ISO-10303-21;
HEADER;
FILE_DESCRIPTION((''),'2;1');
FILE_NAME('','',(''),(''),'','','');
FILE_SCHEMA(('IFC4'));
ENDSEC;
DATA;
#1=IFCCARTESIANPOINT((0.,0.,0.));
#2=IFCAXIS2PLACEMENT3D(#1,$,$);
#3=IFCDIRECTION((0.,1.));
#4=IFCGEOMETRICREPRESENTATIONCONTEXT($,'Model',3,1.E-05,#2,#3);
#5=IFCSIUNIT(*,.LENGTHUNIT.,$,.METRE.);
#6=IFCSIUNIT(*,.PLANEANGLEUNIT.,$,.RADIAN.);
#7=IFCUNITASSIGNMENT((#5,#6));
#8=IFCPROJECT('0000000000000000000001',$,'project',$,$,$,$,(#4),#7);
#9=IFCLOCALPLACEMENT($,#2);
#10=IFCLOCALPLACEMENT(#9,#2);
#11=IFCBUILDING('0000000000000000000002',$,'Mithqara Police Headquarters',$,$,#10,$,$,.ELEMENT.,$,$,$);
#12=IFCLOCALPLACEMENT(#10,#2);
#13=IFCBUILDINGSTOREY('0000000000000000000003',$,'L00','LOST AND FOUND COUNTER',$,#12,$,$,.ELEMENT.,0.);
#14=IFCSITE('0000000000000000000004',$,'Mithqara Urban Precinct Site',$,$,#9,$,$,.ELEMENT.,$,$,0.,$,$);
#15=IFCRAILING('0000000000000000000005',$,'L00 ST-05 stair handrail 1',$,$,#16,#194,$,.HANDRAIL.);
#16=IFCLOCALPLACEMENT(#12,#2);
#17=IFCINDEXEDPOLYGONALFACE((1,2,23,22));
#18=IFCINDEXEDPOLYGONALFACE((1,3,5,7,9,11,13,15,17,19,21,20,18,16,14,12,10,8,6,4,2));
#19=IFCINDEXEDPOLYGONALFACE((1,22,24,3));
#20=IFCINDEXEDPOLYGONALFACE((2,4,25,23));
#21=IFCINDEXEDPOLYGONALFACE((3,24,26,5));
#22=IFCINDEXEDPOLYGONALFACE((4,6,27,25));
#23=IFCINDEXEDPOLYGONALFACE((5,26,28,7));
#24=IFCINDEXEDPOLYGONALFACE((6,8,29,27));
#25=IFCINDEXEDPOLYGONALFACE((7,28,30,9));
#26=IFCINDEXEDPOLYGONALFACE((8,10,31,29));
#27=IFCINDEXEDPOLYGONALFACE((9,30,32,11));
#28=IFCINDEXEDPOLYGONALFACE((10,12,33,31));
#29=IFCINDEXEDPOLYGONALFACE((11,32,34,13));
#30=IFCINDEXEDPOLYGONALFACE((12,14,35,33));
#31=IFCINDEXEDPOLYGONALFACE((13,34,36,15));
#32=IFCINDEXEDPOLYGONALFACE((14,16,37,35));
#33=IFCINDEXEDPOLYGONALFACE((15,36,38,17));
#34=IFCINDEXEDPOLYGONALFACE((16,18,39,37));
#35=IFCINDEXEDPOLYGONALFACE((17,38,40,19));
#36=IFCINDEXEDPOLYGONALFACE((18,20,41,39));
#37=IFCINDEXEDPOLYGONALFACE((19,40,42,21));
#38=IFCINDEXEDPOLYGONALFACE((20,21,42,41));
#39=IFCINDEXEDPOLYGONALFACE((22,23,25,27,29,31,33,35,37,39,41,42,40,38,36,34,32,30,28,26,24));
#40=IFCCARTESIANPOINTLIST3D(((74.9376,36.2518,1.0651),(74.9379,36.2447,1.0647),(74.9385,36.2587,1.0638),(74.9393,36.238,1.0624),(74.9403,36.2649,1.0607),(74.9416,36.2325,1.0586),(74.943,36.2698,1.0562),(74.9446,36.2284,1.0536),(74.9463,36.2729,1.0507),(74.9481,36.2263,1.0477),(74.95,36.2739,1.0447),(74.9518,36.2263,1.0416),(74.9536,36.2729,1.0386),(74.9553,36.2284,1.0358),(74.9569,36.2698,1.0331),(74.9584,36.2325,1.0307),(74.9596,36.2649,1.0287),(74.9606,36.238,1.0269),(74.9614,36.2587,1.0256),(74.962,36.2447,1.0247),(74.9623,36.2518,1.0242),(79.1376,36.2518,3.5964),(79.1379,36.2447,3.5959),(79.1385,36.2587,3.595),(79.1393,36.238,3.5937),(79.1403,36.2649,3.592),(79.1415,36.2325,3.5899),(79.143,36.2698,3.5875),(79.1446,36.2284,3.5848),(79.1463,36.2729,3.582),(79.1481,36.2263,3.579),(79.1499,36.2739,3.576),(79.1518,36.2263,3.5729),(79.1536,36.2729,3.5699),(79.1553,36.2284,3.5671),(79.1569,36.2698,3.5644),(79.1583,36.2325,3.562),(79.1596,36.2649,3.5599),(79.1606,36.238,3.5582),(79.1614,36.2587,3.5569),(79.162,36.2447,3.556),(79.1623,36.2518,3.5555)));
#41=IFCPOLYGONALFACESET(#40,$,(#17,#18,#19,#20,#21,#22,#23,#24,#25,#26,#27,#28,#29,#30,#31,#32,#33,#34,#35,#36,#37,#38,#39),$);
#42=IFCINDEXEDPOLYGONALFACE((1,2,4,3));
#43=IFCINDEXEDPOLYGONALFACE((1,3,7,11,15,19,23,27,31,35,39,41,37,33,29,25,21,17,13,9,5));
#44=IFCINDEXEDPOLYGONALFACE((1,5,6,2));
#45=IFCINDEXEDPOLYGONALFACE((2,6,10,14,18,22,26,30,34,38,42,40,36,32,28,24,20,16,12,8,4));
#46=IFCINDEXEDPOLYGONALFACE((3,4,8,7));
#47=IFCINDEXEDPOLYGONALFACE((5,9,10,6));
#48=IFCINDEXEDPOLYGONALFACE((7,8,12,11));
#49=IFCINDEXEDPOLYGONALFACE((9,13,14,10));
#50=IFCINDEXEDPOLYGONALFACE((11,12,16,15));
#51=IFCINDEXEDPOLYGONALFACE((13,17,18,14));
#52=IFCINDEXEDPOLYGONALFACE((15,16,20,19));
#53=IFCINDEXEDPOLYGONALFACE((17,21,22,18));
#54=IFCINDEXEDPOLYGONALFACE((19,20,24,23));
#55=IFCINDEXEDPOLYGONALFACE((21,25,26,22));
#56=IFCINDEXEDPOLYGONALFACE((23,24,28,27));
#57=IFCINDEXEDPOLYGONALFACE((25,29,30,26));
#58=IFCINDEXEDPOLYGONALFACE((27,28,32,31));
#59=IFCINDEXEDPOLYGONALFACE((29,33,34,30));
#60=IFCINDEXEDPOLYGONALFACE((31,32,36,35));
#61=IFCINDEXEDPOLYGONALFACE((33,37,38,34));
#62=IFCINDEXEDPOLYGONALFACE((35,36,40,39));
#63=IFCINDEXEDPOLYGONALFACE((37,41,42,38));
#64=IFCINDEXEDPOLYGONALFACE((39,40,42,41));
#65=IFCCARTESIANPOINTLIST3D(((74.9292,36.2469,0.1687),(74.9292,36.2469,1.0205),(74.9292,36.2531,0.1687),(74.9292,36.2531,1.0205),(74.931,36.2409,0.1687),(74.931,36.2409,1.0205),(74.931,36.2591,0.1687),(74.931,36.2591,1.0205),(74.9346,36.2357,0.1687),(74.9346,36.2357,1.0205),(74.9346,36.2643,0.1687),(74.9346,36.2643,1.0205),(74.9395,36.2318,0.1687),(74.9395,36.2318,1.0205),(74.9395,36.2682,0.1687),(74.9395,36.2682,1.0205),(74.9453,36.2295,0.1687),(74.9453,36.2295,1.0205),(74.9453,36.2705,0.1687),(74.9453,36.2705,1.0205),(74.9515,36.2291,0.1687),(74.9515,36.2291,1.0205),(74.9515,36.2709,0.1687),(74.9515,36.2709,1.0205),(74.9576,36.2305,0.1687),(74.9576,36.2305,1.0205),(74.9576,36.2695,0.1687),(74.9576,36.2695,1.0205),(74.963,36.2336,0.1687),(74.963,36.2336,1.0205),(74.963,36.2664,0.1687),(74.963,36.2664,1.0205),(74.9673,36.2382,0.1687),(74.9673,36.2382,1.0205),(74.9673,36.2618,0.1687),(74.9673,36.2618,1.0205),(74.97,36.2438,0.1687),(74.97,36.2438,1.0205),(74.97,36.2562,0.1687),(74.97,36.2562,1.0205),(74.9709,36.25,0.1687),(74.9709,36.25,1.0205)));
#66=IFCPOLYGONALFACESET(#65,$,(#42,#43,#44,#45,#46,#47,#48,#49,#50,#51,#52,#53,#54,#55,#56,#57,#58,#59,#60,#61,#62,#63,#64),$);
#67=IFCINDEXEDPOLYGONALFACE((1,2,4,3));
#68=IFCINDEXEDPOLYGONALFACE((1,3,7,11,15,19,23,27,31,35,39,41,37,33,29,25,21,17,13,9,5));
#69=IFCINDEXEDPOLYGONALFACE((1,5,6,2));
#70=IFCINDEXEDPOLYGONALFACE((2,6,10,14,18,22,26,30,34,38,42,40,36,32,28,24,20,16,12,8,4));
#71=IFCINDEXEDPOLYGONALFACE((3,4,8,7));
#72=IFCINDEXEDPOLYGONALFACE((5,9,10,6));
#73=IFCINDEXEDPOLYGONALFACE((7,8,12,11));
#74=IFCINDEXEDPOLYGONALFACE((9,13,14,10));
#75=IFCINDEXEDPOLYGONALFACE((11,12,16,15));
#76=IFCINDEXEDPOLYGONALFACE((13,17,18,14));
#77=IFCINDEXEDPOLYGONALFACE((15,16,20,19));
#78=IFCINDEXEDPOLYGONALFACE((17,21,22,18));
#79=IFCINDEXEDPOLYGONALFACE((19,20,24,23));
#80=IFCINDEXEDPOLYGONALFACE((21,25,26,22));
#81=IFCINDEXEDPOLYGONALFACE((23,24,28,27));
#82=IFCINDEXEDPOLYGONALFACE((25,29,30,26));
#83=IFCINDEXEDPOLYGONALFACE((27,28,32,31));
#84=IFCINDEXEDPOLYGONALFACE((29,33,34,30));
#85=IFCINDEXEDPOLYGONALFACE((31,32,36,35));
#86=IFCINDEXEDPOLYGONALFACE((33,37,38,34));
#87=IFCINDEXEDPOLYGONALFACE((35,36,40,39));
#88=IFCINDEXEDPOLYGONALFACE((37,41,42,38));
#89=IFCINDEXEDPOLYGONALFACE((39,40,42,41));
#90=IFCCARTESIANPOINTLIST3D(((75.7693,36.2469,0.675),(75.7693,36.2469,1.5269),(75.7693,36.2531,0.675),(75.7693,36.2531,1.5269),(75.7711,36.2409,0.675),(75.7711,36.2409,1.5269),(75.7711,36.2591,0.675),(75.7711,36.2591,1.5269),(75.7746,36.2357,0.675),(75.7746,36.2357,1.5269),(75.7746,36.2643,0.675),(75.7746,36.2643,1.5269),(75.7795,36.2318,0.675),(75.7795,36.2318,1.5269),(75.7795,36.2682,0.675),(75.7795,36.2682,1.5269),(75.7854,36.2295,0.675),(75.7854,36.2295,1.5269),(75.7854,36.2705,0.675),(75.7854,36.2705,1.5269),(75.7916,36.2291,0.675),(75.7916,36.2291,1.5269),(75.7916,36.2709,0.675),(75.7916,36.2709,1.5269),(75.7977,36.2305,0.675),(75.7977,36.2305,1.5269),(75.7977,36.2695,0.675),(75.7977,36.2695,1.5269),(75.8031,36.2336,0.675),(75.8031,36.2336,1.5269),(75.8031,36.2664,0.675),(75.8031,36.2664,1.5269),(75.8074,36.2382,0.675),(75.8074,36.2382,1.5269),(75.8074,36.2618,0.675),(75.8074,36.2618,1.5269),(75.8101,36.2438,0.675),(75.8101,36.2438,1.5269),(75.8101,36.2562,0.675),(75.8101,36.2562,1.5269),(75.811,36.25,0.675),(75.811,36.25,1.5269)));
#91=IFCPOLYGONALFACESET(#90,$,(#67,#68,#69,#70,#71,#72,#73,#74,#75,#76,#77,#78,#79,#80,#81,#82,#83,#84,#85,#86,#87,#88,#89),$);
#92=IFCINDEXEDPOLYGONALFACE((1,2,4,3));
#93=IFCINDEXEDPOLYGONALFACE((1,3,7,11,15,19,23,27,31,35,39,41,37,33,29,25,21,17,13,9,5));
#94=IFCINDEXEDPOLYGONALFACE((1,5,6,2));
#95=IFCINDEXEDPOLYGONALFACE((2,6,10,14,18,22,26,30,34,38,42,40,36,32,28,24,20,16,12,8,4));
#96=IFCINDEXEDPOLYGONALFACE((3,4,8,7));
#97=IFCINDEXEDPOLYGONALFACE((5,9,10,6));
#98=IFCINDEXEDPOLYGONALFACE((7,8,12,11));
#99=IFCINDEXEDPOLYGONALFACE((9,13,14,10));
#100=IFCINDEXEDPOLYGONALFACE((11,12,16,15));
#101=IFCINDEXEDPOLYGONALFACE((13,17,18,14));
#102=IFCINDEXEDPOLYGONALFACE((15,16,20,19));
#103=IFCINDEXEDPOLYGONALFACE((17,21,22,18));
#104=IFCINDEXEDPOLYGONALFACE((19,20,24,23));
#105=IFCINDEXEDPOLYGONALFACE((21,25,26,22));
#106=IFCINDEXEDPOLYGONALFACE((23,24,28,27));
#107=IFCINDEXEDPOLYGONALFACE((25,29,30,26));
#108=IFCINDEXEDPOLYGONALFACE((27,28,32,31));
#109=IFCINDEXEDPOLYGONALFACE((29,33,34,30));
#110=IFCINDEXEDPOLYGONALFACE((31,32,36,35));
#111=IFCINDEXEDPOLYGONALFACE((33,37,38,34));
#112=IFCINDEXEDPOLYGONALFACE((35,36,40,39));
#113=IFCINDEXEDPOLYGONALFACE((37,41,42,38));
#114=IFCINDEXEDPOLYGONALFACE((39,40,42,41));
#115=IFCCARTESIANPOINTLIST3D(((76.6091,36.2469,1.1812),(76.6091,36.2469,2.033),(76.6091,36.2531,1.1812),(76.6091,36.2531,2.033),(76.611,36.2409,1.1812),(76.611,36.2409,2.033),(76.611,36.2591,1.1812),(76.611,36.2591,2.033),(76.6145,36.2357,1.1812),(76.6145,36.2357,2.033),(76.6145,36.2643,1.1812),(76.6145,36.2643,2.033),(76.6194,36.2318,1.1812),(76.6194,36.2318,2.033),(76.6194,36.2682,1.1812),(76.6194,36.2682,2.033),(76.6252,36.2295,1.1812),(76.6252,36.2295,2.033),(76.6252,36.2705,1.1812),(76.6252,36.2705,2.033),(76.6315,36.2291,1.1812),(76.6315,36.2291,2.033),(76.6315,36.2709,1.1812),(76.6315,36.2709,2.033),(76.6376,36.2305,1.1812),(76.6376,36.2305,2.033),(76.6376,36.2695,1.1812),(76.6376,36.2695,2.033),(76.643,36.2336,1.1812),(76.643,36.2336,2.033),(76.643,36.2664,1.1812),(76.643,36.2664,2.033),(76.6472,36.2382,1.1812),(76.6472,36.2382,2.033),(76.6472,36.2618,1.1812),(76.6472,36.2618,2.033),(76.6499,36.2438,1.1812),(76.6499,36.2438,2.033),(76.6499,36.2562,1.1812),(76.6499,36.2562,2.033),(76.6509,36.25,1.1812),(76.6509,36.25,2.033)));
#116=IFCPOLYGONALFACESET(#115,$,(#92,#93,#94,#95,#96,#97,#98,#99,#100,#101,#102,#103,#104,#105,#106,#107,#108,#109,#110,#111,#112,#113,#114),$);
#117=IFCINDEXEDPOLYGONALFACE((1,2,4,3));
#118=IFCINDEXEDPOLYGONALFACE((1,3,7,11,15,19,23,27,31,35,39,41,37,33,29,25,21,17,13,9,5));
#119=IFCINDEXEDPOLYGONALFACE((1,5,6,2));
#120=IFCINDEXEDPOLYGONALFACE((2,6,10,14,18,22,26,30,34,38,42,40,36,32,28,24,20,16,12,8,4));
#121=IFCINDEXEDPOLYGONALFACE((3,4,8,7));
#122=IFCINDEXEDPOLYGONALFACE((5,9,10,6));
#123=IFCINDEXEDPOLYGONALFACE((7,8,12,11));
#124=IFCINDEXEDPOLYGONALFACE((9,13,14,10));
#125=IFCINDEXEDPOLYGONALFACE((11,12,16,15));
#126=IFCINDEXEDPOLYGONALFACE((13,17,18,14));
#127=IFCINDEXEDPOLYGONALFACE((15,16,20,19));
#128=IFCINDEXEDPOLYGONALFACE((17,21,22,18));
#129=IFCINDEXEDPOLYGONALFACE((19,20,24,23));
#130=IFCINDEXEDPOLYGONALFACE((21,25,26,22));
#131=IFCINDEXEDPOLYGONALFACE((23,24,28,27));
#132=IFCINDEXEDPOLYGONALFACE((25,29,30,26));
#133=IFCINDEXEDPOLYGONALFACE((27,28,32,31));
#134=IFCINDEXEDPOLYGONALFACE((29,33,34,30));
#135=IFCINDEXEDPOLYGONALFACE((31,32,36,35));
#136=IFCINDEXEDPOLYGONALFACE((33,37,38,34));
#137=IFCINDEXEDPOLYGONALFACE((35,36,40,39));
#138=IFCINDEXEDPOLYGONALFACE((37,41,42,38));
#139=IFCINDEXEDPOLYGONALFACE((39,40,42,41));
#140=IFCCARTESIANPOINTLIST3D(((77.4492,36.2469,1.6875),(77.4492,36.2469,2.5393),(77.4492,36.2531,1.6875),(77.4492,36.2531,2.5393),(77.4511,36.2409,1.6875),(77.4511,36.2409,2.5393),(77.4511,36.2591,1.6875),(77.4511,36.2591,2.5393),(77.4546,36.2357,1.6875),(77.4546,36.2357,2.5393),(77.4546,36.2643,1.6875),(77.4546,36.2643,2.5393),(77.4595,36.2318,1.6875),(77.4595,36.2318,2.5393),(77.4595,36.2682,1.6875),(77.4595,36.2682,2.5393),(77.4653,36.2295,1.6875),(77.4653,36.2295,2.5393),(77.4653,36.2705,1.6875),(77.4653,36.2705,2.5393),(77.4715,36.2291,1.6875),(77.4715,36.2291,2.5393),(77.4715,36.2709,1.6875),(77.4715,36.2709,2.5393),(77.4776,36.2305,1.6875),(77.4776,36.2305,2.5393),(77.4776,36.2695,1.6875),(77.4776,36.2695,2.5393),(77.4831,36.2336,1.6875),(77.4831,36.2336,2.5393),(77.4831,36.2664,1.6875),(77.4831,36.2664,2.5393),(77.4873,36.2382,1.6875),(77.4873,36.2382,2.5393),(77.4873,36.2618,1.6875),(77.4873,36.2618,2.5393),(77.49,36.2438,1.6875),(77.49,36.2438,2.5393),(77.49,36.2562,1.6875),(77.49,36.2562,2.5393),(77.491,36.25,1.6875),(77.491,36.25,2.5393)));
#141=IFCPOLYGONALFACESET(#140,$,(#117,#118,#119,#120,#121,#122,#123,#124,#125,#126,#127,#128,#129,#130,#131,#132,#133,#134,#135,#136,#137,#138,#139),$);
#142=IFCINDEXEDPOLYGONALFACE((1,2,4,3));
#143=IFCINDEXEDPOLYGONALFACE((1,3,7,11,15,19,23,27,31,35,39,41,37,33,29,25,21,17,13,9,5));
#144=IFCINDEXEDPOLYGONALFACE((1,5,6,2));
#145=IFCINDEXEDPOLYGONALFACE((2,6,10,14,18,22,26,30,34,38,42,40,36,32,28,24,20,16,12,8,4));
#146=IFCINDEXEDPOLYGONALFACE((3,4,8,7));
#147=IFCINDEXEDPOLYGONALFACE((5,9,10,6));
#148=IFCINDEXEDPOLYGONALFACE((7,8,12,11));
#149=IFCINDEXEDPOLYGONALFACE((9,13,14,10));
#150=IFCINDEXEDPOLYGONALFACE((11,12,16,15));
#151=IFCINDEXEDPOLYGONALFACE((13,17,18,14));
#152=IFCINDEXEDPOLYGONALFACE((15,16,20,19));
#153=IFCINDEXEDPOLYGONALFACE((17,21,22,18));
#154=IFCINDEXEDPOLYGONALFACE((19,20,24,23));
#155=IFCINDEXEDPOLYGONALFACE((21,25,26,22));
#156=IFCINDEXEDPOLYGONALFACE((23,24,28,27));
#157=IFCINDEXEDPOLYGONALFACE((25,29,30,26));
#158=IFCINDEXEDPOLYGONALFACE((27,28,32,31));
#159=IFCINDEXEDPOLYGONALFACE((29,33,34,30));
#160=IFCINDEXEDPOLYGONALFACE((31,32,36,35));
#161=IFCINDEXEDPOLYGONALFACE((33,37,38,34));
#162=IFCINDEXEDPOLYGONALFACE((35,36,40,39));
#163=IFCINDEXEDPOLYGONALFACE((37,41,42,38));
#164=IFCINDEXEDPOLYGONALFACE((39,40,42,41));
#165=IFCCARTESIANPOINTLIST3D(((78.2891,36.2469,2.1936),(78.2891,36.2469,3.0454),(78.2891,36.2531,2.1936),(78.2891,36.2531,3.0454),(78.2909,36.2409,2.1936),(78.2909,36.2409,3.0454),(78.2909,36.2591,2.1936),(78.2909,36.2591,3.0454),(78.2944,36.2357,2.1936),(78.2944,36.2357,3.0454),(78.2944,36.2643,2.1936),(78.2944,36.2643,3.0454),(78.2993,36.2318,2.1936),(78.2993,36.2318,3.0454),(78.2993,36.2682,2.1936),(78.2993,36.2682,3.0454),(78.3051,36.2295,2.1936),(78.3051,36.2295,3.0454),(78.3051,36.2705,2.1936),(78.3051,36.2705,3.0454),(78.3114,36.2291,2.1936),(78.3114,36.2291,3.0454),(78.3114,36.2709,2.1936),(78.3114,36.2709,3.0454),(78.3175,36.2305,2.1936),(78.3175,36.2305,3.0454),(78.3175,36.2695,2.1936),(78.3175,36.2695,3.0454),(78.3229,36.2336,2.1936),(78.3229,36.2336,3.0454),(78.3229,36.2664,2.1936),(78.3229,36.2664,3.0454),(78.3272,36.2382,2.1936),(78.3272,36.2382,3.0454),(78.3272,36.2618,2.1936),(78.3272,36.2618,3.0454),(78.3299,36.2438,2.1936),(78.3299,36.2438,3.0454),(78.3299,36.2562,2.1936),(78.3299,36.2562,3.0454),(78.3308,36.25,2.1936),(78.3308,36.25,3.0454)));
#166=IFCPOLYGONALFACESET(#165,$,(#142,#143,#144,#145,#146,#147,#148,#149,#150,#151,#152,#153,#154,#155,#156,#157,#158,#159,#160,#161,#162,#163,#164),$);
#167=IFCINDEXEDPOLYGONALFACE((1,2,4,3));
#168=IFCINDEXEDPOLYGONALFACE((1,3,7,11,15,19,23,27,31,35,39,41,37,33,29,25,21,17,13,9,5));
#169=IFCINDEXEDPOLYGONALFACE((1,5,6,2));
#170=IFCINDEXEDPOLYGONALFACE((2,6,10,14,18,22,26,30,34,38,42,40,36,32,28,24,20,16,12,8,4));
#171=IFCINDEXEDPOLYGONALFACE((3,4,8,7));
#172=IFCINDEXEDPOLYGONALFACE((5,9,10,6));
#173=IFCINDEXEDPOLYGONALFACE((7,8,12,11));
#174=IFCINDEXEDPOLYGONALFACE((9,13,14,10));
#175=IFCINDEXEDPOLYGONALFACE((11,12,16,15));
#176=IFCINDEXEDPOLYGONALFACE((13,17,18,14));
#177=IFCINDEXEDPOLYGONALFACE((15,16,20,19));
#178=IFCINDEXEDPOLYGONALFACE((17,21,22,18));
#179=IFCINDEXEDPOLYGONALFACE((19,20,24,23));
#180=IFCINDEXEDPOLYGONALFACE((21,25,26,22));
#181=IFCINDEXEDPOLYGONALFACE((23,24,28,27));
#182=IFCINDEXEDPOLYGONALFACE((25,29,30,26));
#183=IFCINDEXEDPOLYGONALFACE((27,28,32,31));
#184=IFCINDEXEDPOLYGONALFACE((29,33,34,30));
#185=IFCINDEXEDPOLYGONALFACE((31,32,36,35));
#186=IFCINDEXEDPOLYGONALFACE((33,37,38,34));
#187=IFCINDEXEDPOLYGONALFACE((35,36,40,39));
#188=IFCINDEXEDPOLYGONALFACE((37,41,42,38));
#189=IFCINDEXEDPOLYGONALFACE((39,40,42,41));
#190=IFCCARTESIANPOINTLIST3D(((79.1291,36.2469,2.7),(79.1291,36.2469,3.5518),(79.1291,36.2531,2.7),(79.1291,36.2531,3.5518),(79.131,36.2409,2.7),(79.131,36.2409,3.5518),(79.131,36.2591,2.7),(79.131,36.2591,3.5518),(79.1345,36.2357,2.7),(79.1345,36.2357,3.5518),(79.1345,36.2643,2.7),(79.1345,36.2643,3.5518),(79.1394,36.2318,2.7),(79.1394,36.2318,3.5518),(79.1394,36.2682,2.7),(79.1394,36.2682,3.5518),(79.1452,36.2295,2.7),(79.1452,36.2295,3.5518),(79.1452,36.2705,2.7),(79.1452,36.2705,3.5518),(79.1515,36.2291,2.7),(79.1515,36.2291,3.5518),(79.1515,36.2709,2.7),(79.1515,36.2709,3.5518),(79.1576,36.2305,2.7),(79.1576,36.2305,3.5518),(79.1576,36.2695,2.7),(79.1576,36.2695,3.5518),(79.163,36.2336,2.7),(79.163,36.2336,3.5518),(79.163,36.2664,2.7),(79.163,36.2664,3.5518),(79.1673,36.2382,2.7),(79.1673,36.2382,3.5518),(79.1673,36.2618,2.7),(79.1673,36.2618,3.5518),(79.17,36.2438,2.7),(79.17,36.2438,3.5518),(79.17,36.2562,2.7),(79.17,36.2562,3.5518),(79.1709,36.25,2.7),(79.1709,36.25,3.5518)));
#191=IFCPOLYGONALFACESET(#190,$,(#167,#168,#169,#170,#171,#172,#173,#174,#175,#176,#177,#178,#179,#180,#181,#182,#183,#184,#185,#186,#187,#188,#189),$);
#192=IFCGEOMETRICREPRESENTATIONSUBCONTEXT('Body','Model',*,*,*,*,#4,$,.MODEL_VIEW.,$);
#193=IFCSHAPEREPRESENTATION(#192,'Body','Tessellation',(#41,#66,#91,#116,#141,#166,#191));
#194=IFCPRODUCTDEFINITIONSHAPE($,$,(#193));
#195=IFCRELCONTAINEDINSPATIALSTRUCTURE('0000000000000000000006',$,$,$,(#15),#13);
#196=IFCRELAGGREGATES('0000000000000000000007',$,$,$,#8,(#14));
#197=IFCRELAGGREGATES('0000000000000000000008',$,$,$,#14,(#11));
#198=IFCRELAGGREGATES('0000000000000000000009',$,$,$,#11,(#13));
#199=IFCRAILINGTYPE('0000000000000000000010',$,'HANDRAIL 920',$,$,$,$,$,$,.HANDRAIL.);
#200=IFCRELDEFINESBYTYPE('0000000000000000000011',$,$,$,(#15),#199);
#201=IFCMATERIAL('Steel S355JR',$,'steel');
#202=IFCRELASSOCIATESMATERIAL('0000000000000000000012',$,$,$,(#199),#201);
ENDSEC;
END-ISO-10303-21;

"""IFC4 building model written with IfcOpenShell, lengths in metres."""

from ifc_helpers import new_model, si_unit, direction, frame, origin, origin_2d, place, context, subcontext, project, spatial, circle, extrude, material, type_object, element, save


model = new_model("IFC4")

# Units and contexts
model_context = context("Model", 3, precision=1e-05, world=origin(), true_north=direction((0.0, 1.0)))
body_context = subcontext(model_context, "Body", "Model", "MODEL_VIEW")
ifc_project = project(units=[si_unit("LENGTHUNIT", "METRE"), si_unit("PLANEANGLEUNIT", "RADIAN")], contexts=[model_context])

# Site, building, storey
site_placement = place(None, origin())
site = spatial("IfcSite", under=ifc_project, at=site_placement, Name="Mithqara Urban Precinct Site", CompositionType="ELEMENT", RefElevation=0.0)
building_placement = place(site_placement, origin())
building = spatial("IfcBuilding", under=site, at=building_placement, Name="Mithqara Police Headquarters", CompositionType="ELEMENT")
storey_placement = place(building_placement, origin())
storey = spatial("IfcBuildingStorey", under=building, at=storey_placement, Name="L00", Description="LOST AND FOUND COUNTER", CompositionType="ELEMENT", Elevation=0.0)

# Shared definitions
ifc_material_1 = material(Name="Steel S355JR", Category="steel")

# Railing
railing_type_1 = type_object("IfcRailingType", Name="HANDRAIL 920", PredefinedType="HANDRAIL", material=ifc_material_1)
railing_1_placement = place(storey_placement, frame((74.95, 36.25, 0.1687)))
element("IfcRailing", 1, at=railing_1_placement, inside=storey, type_object=railing_type_1, Name="L00 ST-05 stair handrail 1", PredefinedType="HANDRAIL", context=body_context, shape_type="SweptSolid", body=[
    extrude(circle(Radius=0.0239, at=origin_2d()), frame((0.0, 0.0, 0.876), z_axis=(0.856476, 0.0, 0.516186), x_axis=(0.0, 1.0, 0.0)), (0.0, 0.0, 1.0), 4.9038),
    extrude(circle(Radius=0.021, at=origin_2d()), origin(), (0.0, 0.0, 1.0), 0.8518),
    extrude(circle(Radius=0.021, at=origin_2d()), frame((0.8401, 0.0, 0.5063)), (0.0, 0.0, 1.0), 0.8518),
    extrude(circle(Radius=0.021, at=origin_2d()), frame((1.6799, 0.0, 1.0125)), (0.0, 0.0, 1.0), 0.8518),
    extrude(circle(Radius=0.021, at=origin_2d()), frame((2.52, 0.0, 1.5188)), (0.0, 0.0, 1.0), 0.8518),
    extrude(circle(Radius=0.021, at=origin_2d()), frame((3.3599, 0.0, 2.0249)), (0.0, 0.0, 1.0), 0.8518),
    extrude(circle(Radius=0.021, at=origin_2d()), frame((4.2, 0.0, 2.5312)), (0.0, 0.0, 1.0), 0.8518),
])

save(model, "model.ifc")
